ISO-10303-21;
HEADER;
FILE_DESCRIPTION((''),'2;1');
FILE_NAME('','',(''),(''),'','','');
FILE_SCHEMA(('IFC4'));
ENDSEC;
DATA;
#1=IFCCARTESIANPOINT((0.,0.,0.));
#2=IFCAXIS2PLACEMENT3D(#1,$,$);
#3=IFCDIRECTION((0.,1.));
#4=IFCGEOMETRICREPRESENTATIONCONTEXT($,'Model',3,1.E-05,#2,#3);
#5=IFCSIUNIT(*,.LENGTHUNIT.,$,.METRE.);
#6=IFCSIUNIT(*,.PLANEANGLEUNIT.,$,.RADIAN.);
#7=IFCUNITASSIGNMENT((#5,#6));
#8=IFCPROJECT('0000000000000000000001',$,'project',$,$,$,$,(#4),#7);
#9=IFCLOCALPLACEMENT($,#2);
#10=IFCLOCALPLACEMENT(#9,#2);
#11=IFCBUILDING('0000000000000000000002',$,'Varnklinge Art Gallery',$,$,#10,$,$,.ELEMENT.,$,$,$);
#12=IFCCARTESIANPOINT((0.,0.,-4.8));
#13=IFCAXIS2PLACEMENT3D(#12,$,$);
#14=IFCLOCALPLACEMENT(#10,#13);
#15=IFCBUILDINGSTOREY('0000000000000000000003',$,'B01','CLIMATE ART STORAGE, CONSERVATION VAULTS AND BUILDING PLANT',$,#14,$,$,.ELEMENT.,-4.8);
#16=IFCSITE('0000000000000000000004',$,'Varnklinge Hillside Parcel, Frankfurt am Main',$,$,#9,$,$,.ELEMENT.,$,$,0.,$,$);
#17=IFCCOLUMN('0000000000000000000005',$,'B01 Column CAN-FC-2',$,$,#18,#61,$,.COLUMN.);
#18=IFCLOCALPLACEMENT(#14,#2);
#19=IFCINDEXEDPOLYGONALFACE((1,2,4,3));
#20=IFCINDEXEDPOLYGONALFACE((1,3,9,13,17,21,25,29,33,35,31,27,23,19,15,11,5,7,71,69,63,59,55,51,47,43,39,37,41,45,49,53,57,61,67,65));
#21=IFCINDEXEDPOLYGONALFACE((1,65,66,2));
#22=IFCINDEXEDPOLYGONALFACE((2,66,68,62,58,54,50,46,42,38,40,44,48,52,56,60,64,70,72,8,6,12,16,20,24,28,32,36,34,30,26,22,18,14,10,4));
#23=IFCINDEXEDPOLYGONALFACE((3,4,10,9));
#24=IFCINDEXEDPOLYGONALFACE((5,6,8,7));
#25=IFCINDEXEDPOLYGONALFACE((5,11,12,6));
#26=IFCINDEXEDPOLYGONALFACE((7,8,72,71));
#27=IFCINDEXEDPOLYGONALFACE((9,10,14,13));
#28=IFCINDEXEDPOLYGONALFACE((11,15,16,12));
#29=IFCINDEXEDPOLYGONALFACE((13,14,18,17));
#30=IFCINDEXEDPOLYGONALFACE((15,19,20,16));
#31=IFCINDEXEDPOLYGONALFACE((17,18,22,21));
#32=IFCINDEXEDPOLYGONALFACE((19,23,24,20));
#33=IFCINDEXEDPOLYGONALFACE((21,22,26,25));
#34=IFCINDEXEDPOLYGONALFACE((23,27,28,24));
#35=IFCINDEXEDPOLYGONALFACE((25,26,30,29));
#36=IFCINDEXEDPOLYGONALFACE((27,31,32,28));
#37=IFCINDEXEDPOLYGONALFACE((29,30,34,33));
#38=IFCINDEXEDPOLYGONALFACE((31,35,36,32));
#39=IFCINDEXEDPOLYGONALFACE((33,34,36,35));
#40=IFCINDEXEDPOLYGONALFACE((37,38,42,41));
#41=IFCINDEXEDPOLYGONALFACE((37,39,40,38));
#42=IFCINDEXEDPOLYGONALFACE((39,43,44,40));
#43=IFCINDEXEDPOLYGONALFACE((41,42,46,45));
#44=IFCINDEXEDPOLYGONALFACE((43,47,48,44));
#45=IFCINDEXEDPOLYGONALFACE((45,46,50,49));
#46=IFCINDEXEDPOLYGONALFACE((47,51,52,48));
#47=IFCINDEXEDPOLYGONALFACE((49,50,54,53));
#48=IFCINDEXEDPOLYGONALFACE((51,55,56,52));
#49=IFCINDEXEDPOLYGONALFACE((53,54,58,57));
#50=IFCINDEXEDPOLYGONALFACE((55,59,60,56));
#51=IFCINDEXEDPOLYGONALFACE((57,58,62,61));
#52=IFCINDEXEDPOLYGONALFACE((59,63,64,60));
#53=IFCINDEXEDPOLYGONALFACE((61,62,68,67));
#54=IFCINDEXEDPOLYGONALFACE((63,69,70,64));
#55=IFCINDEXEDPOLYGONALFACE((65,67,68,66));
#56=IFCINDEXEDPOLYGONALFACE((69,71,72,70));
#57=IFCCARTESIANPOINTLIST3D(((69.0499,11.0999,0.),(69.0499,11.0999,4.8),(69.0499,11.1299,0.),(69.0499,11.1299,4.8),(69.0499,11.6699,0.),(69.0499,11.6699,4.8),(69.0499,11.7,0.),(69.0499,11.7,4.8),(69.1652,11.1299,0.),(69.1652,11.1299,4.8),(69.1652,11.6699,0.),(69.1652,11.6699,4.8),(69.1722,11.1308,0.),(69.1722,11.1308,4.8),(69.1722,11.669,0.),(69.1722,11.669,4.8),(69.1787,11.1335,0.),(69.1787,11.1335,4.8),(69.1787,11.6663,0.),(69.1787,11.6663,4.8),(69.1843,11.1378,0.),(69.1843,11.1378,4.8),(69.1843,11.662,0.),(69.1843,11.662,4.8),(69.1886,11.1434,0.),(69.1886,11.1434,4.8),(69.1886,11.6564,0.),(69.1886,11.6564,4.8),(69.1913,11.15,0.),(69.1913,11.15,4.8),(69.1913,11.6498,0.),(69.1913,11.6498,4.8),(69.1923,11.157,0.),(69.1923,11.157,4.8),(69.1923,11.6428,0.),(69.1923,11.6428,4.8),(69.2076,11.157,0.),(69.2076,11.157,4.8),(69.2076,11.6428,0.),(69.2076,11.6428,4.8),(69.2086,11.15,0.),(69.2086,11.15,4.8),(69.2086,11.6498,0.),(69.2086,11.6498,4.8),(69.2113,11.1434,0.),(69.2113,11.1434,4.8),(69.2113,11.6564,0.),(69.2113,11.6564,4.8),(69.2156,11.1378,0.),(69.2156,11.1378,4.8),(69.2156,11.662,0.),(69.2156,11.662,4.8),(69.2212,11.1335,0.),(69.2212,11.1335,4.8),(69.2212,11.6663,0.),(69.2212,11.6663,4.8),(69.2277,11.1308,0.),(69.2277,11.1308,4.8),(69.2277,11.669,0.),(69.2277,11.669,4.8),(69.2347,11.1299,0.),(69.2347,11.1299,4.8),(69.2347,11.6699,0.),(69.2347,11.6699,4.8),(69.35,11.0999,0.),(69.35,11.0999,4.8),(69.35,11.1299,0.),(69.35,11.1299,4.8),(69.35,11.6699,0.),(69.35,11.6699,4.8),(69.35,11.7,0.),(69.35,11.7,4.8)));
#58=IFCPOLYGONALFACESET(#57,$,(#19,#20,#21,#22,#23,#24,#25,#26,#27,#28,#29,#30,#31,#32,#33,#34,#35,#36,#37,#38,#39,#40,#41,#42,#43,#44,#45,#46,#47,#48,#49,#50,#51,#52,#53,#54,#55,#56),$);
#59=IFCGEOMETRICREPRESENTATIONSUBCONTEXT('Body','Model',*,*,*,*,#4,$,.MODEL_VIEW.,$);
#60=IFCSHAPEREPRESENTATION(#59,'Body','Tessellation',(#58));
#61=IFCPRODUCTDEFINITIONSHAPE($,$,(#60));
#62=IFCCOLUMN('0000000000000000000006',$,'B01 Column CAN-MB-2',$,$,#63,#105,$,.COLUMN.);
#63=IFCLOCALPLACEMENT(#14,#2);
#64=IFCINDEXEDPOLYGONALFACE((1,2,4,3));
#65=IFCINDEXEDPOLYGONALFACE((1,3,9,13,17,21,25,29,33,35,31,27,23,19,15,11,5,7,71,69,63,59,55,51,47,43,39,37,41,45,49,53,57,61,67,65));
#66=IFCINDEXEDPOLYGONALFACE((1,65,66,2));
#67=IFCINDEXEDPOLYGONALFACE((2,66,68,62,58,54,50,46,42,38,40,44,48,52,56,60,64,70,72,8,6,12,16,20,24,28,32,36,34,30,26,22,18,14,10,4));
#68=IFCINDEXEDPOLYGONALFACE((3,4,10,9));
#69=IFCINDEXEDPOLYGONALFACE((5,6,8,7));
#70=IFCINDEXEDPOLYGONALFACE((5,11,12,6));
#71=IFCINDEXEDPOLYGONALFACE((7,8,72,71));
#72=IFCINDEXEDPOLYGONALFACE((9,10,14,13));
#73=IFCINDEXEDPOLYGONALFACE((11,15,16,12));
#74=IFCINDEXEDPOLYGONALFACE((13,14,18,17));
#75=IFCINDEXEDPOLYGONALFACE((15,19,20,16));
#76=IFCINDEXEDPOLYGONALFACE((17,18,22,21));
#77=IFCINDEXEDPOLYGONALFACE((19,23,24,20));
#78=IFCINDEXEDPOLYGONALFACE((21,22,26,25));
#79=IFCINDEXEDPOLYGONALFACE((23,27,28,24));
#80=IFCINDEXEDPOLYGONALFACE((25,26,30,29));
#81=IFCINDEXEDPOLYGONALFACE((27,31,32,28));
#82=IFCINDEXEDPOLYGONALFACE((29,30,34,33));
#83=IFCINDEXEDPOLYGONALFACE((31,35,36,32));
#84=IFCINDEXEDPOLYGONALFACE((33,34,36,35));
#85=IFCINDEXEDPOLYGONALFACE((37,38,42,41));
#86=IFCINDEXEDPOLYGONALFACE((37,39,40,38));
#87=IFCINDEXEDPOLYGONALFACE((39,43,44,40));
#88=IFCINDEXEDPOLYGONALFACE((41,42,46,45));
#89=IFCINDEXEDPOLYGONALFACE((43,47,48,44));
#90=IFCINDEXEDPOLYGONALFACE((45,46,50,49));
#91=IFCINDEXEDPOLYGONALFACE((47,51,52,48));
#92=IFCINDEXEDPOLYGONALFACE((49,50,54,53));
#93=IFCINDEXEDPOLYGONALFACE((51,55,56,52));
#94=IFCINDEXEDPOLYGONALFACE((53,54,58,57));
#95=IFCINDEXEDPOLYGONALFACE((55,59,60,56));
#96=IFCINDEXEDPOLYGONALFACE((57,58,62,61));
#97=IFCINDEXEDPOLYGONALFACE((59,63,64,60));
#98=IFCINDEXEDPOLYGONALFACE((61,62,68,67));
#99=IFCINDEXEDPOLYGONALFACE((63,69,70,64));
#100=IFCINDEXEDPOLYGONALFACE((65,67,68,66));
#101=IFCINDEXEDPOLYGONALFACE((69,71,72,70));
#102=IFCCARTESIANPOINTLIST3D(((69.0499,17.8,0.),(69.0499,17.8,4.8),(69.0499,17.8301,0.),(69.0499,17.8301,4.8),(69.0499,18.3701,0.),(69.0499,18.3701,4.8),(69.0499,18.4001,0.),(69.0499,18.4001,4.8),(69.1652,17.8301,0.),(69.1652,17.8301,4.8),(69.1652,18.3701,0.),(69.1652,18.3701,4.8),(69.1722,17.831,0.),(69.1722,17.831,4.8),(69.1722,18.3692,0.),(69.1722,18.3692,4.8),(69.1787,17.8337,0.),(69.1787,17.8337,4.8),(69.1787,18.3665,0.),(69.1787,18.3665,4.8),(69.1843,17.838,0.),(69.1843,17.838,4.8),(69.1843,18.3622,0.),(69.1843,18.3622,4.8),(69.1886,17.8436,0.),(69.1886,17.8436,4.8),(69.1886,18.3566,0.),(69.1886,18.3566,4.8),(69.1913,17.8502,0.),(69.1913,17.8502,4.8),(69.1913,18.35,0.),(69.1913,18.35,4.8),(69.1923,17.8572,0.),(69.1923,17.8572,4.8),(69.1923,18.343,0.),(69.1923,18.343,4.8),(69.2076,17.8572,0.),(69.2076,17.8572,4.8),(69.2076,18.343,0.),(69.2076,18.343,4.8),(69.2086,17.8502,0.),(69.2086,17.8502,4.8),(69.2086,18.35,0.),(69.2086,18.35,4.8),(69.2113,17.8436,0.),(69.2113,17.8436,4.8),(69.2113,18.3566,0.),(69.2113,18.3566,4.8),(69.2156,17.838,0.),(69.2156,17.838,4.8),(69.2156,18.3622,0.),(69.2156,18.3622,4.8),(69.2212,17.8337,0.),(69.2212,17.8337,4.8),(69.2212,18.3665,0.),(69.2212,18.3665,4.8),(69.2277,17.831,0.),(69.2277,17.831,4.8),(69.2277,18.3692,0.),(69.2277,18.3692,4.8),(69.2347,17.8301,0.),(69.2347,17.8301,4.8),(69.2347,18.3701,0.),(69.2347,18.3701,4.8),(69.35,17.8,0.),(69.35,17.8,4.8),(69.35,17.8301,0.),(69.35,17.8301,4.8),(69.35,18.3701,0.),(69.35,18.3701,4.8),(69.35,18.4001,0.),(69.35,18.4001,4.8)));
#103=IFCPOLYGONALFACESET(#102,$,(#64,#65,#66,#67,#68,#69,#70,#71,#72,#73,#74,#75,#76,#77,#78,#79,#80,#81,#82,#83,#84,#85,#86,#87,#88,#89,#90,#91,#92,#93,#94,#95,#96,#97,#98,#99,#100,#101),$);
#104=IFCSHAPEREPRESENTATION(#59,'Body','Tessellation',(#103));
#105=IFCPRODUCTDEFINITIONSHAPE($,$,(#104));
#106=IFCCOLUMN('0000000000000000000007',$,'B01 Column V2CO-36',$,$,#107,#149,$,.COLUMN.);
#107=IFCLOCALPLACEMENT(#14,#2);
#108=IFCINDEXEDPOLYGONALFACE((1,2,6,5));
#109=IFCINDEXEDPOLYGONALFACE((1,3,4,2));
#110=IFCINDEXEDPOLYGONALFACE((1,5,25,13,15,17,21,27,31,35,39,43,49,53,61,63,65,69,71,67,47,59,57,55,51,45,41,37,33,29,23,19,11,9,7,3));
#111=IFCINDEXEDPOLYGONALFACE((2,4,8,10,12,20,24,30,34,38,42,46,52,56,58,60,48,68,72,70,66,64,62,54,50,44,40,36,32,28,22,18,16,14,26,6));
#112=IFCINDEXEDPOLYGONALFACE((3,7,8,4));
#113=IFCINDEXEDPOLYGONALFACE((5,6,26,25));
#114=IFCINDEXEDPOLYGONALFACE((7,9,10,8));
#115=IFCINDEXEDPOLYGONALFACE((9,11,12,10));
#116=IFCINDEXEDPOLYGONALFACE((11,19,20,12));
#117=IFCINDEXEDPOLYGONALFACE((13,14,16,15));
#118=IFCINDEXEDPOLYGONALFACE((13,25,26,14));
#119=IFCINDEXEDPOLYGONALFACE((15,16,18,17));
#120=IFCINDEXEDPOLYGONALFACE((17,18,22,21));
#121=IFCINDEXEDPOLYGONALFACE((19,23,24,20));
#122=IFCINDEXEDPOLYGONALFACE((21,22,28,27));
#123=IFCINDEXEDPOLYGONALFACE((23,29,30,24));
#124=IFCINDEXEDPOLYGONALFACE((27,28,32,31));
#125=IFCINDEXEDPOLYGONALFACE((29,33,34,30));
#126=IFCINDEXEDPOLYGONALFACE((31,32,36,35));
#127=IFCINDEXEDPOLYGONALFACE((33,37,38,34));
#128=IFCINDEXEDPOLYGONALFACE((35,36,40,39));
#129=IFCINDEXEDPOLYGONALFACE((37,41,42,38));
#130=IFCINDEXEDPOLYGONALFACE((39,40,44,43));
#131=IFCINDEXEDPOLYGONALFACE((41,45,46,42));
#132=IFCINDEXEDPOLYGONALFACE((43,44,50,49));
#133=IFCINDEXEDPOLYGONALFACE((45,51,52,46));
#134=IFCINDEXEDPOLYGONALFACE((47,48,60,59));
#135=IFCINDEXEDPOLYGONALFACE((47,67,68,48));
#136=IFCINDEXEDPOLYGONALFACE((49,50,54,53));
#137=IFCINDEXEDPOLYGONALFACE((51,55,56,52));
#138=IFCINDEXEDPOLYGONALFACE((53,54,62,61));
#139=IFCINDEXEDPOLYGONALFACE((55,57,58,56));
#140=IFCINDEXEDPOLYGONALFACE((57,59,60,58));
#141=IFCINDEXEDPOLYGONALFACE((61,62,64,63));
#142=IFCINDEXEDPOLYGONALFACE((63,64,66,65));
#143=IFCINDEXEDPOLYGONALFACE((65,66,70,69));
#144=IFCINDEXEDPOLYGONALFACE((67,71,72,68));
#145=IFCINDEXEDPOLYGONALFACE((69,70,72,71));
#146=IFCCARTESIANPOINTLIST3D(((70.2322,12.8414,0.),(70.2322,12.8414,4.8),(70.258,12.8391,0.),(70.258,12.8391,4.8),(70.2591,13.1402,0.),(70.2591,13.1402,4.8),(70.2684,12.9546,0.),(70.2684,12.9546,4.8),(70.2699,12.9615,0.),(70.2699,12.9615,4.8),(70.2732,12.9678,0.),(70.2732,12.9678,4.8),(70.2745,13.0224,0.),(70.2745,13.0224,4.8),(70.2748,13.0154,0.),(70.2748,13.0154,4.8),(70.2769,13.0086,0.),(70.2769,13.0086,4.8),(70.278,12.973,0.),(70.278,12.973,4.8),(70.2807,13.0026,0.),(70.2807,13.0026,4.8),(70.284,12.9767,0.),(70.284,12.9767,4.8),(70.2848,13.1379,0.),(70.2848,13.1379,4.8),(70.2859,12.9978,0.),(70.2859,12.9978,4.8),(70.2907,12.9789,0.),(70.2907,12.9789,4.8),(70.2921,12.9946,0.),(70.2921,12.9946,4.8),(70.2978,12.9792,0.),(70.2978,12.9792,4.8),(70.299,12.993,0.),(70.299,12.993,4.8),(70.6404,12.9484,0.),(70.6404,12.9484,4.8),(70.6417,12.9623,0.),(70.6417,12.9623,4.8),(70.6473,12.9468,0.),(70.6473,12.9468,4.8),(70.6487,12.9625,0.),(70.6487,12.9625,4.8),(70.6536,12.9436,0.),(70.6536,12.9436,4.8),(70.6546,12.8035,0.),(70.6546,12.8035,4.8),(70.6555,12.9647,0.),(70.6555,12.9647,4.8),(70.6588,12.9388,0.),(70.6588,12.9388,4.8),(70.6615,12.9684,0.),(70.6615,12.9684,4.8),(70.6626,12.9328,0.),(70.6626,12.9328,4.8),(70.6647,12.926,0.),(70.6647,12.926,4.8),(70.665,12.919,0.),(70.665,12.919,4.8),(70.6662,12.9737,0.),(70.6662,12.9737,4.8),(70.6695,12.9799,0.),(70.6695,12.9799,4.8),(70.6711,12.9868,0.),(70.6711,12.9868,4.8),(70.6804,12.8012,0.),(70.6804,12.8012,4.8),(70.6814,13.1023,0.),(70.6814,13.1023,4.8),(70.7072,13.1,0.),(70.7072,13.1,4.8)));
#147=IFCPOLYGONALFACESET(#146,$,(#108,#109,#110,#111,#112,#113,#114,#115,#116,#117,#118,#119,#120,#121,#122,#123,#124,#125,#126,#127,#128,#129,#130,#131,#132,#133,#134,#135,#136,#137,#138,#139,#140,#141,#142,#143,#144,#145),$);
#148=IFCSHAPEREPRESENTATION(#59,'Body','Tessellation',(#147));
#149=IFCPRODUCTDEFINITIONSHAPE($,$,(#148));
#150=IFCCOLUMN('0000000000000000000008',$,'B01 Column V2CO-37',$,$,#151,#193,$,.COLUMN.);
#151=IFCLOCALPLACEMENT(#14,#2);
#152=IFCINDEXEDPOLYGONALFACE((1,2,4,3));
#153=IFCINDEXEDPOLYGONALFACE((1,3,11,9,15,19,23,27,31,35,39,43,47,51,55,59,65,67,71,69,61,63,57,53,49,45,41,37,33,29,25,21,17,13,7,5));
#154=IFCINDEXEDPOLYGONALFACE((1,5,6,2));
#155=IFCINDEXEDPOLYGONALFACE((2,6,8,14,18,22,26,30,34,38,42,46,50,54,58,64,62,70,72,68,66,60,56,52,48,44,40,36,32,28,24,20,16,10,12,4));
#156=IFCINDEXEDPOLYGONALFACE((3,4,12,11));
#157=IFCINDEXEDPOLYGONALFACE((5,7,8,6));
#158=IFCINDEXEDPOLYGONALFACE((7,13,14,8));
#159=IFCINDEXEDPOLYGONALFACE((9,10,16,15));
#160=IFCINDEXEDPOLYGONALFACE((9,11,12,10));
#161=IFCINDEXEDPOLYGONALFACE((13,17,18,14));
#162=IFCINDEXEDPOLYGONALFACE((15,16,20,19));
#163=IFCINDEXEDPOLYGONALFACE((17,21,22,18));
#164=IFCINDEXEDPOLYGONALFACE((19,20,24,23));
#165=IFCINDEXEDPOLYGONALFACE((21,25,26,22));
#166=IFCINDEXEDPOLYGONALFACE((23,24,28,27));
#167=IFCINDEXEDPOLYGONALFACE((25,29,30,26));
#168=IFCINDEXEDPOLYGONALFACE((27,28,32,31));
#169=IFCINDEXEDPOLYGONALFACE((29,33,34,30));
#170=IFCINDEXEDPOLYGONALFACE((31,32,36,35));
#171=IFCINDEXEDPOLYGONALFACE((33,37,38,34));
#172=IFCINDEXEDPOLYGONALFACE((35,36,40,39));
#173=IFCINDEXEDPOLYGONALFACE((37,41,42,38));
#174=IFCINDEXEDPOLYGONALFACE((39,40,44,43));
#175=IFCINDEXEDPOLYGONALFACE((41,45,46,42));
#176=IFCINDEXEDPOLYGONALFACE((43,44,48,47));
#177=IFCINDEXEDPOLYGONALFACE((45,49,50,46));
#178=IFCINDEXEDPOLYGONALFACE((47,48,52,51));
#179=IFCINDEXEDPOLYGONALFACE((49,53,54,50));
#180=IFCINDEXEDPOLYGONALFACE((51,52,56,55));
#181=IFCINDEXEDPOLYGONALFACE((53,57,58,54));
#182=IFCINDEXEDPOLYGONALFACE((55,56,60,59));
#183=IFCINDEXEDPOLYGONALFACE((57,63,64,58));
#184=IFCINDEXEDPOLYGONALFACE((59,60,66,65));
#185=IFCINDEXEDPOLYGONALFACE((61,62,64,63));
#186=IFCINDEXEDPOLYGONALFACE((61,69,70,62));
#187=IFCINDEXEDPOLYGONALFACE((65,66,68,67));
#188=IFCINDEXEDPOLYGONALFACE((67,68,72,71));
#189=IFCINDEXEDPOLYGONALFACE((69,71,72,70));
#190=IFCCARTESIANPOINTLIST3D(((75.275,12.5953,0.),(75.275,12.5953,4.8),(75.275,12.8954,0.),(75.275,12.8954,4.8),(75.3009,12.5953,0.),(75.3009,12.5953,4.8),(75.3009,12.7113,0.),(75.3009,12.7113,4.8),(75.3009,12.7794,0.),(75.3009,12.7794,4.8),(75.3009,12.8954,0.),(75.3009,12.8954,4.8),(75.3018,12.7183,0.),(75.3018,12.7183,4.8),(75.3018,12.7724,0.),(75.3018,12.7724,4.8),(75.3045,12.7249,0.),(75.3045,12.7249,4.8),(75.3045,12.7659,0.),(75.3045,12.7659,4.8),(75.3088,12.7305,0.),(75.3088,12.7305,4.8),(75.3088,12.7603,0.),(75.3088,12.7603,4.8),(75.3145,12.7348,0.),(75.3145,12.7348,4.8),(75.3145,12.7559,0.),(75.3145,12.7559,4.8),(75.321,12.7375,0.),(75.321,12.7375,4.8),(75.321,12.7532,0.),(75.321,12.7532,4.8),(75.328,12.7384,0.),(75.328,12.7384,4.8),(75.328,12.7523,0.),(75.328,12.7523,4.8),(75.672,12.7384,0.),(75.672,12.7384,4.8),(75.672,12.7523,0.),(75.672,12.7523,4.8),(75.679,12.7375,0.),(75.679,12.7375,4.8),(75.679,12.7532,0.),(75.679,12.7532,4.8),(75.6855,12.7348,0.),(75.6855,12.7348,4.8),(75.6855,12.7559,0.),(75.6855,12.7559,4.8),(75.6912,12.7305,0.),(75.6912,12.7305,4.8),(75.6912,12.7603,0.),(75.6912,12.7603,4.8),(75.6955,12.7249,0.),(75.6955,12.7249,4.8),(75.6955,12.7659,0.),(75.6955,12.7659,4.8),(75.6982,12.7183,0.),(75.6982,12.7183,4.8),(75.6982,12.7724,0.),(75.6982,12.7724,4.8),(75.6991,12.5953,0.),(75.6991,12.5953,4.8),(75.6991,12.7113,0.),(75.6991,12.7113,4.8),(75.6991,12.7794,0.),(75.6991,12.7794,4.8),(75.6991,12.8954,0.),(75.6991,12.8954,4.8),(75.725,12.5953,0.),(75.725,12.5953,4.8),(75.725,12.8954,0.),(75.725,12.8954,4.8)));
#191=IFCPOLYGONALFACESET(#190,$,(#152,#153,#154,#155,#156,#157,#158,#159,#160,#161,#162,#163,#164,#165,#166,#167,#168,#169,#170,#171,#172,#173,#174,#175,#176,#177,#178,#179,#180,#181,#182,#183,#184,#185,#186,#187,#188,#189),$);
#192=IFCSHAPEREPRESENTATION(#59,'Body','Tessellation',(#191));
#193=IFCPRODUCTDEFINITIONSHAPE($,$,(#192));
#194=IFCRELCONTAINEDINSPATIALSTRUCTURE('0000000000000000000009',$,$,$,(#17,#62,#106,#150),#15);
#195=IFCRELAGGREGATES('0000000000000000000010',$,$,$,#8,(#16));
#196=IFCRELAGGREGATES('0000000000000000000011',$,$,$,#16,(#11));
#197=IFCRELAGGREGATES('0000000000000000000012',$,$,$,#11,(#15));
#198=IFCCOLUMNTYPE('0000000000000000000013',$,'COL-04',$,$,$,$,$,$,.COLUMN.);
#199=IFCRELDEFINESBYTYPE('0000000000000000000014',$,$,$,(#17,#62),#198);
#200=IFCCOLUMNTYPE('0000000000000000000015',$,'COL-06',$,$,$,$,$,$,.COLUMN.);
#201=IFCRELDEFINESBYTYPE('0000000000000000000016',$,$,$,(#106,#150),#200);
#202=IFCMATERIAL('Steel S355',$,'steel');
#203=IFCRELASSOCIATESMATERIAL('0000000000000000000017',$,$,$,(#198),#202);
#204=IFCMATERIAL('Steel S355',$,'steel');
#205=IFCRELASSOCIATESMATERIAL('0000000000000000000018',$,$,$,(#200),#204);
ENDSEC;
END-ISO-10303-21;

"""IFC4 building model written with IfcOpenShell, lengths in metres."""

from ifc_helpers import new_model, si_unit, direction, frame, origin, origin_2d, place, context, subcontext, project, spatial, i_section, extrude, material, material_profile, profile_set, type_object, element, save


model = new_model("IFC4")

# Units and contexts
model_context = context("Model", 3, precision=1e-05, world=origin(), true_north=direction((0.0, 1.0)))
body_context = subcontext(model_context, "Body", "Model", "MODEL_VIEW")
ifc_project = project(units=[si_unit("LENGTHUNIT", "METRE"), si_unit("PLANEANGLEUNIT", "RADIAN")], contexts=[model_context])

# Site, building, storey
site_placement = place(None, origin())
site = spatial("IfcSite", under=ifc_project, at=site_placement, Name="Varnklinge Hillside Parcel, Frankfurt am Main", CompositionType="ELEMENT", RefElevation=0.0)
building_placement = place(site_placement, origin())
building = spatial("IfcBuilding", under=site, at=building_placement, Name="Varnklinge Art Gallery", CompositionType="ELEMENT")
storey_placement = place(building_placement, frame((0.0, 0.0, -4.8)))
storey = spatial("IfcBuildingStorey", under=building, at=storey_placement, Name="B01", Description="CLIMATE ART STORAGE, CONSERVATION VAULTS AND BUILDING PLANT", CompositionType="ELEMENT", Elevation=-4.8)

# Columns
ifc_material_1 = material(Name="Steel S355", Category="steel")
ifc_material_profile_1 = material_profile(ifc_material_1, i_section(OverallWidth=0.3, OverallDepth=0.6001, WebThickness=0.0154, FlangeThickness=0.03, FilletRadius=0.0271, at=origin_2d()), Name="HEB 600")
ifc_profile_set_1 = profile_set([ifc_material_profile_1], Name="Steel S355")
column_type_1 = type_object("IfcColumnType", Name="COL-04", PredefinedType="COLUMN", material=ifc_profile_set_1)
for number, where, z_axis, x_axis, name in (
    (1, (69.2, 11.3999, 0.0), (0.0, 0.0, 1.0), (1.0, 0.0, 0.0), "B01 Column CAN-FC-2"),
    (2, (69.2, 18.1001, 0.0), (0.0, 0.0, 1.0), (1.0, 0.0, 0.0), "B01 Column CAN-MB-2"),
):
    element("IfcColumn", number, at=place(storey_placement, frame(where, z_axis=z_axis, x_axis=x_axis)), inside=storey, type_object=column_type_1, Name=name, PredefinedType="COLUMN", context=body_context, shape_type="SweptSolid", body=[
        extrude(i_section(OverallWidth=0.3, OverallDepth=0.6001, WebThickness=0.0154, FlangeThickness=0.03, FilletRadius=0.0271, at=origin_2d()), origin(), (0.0, 0.0, 1.0), 4.8),
    ])
ifc_material_2 = material(Name="Steel S355", Category="steel")
ifc_material_profile_2 = material_profile(ifc_material_2, i_section(OverallWidth=0.3, OverallDepth=0.45, WebThickness=0.0139, FlangeThickness=0.0259, FilletRadius=0.0271, at=origin_2d()), Name="HEB 450")
ifc_profile_set_2 = profile_set([ifc_material_profile_2], Name="Steel S355")
column_type_2 = type_object("IfcColumnType", Name="COL-06", PredefinedType="COLUMN", material=ifc_profile_set_2)
for number, where, z_axis, x_axis, name in (
    (3, (70.4697, 12.9707, 0.0), (0.0, 0.0, 1.0), (0.089416, 0.995994, 0.0), "B01 Column V2CO-36"),
    (4, (75.5, 12.7454, 0.0), (0.0, 0.0, 1.0), (0.0, 1.0, 0.0), "B01 Column V2CO-37"),
):
    element("IfcColumn", number, at=place(storey_placement, frame(where, z_axis=z_axis, x_axis=x_axis)), inside=storey, type_object=column_type_2, Name=name, PredefinedType="COLUMN", context=body_context, shape_type="SweptSolid", body=[
        extrude(i_section(OverallWidth=0.3, OverallDepth=0.45, WebThickness=0.0139, FlangeThickness=0.0259, FilletRadius=0.0271, at=origin_2d()), origin(), (0.0, 0.0, 1.0), 4.8),
    ])

save(model, "model.ifc")
